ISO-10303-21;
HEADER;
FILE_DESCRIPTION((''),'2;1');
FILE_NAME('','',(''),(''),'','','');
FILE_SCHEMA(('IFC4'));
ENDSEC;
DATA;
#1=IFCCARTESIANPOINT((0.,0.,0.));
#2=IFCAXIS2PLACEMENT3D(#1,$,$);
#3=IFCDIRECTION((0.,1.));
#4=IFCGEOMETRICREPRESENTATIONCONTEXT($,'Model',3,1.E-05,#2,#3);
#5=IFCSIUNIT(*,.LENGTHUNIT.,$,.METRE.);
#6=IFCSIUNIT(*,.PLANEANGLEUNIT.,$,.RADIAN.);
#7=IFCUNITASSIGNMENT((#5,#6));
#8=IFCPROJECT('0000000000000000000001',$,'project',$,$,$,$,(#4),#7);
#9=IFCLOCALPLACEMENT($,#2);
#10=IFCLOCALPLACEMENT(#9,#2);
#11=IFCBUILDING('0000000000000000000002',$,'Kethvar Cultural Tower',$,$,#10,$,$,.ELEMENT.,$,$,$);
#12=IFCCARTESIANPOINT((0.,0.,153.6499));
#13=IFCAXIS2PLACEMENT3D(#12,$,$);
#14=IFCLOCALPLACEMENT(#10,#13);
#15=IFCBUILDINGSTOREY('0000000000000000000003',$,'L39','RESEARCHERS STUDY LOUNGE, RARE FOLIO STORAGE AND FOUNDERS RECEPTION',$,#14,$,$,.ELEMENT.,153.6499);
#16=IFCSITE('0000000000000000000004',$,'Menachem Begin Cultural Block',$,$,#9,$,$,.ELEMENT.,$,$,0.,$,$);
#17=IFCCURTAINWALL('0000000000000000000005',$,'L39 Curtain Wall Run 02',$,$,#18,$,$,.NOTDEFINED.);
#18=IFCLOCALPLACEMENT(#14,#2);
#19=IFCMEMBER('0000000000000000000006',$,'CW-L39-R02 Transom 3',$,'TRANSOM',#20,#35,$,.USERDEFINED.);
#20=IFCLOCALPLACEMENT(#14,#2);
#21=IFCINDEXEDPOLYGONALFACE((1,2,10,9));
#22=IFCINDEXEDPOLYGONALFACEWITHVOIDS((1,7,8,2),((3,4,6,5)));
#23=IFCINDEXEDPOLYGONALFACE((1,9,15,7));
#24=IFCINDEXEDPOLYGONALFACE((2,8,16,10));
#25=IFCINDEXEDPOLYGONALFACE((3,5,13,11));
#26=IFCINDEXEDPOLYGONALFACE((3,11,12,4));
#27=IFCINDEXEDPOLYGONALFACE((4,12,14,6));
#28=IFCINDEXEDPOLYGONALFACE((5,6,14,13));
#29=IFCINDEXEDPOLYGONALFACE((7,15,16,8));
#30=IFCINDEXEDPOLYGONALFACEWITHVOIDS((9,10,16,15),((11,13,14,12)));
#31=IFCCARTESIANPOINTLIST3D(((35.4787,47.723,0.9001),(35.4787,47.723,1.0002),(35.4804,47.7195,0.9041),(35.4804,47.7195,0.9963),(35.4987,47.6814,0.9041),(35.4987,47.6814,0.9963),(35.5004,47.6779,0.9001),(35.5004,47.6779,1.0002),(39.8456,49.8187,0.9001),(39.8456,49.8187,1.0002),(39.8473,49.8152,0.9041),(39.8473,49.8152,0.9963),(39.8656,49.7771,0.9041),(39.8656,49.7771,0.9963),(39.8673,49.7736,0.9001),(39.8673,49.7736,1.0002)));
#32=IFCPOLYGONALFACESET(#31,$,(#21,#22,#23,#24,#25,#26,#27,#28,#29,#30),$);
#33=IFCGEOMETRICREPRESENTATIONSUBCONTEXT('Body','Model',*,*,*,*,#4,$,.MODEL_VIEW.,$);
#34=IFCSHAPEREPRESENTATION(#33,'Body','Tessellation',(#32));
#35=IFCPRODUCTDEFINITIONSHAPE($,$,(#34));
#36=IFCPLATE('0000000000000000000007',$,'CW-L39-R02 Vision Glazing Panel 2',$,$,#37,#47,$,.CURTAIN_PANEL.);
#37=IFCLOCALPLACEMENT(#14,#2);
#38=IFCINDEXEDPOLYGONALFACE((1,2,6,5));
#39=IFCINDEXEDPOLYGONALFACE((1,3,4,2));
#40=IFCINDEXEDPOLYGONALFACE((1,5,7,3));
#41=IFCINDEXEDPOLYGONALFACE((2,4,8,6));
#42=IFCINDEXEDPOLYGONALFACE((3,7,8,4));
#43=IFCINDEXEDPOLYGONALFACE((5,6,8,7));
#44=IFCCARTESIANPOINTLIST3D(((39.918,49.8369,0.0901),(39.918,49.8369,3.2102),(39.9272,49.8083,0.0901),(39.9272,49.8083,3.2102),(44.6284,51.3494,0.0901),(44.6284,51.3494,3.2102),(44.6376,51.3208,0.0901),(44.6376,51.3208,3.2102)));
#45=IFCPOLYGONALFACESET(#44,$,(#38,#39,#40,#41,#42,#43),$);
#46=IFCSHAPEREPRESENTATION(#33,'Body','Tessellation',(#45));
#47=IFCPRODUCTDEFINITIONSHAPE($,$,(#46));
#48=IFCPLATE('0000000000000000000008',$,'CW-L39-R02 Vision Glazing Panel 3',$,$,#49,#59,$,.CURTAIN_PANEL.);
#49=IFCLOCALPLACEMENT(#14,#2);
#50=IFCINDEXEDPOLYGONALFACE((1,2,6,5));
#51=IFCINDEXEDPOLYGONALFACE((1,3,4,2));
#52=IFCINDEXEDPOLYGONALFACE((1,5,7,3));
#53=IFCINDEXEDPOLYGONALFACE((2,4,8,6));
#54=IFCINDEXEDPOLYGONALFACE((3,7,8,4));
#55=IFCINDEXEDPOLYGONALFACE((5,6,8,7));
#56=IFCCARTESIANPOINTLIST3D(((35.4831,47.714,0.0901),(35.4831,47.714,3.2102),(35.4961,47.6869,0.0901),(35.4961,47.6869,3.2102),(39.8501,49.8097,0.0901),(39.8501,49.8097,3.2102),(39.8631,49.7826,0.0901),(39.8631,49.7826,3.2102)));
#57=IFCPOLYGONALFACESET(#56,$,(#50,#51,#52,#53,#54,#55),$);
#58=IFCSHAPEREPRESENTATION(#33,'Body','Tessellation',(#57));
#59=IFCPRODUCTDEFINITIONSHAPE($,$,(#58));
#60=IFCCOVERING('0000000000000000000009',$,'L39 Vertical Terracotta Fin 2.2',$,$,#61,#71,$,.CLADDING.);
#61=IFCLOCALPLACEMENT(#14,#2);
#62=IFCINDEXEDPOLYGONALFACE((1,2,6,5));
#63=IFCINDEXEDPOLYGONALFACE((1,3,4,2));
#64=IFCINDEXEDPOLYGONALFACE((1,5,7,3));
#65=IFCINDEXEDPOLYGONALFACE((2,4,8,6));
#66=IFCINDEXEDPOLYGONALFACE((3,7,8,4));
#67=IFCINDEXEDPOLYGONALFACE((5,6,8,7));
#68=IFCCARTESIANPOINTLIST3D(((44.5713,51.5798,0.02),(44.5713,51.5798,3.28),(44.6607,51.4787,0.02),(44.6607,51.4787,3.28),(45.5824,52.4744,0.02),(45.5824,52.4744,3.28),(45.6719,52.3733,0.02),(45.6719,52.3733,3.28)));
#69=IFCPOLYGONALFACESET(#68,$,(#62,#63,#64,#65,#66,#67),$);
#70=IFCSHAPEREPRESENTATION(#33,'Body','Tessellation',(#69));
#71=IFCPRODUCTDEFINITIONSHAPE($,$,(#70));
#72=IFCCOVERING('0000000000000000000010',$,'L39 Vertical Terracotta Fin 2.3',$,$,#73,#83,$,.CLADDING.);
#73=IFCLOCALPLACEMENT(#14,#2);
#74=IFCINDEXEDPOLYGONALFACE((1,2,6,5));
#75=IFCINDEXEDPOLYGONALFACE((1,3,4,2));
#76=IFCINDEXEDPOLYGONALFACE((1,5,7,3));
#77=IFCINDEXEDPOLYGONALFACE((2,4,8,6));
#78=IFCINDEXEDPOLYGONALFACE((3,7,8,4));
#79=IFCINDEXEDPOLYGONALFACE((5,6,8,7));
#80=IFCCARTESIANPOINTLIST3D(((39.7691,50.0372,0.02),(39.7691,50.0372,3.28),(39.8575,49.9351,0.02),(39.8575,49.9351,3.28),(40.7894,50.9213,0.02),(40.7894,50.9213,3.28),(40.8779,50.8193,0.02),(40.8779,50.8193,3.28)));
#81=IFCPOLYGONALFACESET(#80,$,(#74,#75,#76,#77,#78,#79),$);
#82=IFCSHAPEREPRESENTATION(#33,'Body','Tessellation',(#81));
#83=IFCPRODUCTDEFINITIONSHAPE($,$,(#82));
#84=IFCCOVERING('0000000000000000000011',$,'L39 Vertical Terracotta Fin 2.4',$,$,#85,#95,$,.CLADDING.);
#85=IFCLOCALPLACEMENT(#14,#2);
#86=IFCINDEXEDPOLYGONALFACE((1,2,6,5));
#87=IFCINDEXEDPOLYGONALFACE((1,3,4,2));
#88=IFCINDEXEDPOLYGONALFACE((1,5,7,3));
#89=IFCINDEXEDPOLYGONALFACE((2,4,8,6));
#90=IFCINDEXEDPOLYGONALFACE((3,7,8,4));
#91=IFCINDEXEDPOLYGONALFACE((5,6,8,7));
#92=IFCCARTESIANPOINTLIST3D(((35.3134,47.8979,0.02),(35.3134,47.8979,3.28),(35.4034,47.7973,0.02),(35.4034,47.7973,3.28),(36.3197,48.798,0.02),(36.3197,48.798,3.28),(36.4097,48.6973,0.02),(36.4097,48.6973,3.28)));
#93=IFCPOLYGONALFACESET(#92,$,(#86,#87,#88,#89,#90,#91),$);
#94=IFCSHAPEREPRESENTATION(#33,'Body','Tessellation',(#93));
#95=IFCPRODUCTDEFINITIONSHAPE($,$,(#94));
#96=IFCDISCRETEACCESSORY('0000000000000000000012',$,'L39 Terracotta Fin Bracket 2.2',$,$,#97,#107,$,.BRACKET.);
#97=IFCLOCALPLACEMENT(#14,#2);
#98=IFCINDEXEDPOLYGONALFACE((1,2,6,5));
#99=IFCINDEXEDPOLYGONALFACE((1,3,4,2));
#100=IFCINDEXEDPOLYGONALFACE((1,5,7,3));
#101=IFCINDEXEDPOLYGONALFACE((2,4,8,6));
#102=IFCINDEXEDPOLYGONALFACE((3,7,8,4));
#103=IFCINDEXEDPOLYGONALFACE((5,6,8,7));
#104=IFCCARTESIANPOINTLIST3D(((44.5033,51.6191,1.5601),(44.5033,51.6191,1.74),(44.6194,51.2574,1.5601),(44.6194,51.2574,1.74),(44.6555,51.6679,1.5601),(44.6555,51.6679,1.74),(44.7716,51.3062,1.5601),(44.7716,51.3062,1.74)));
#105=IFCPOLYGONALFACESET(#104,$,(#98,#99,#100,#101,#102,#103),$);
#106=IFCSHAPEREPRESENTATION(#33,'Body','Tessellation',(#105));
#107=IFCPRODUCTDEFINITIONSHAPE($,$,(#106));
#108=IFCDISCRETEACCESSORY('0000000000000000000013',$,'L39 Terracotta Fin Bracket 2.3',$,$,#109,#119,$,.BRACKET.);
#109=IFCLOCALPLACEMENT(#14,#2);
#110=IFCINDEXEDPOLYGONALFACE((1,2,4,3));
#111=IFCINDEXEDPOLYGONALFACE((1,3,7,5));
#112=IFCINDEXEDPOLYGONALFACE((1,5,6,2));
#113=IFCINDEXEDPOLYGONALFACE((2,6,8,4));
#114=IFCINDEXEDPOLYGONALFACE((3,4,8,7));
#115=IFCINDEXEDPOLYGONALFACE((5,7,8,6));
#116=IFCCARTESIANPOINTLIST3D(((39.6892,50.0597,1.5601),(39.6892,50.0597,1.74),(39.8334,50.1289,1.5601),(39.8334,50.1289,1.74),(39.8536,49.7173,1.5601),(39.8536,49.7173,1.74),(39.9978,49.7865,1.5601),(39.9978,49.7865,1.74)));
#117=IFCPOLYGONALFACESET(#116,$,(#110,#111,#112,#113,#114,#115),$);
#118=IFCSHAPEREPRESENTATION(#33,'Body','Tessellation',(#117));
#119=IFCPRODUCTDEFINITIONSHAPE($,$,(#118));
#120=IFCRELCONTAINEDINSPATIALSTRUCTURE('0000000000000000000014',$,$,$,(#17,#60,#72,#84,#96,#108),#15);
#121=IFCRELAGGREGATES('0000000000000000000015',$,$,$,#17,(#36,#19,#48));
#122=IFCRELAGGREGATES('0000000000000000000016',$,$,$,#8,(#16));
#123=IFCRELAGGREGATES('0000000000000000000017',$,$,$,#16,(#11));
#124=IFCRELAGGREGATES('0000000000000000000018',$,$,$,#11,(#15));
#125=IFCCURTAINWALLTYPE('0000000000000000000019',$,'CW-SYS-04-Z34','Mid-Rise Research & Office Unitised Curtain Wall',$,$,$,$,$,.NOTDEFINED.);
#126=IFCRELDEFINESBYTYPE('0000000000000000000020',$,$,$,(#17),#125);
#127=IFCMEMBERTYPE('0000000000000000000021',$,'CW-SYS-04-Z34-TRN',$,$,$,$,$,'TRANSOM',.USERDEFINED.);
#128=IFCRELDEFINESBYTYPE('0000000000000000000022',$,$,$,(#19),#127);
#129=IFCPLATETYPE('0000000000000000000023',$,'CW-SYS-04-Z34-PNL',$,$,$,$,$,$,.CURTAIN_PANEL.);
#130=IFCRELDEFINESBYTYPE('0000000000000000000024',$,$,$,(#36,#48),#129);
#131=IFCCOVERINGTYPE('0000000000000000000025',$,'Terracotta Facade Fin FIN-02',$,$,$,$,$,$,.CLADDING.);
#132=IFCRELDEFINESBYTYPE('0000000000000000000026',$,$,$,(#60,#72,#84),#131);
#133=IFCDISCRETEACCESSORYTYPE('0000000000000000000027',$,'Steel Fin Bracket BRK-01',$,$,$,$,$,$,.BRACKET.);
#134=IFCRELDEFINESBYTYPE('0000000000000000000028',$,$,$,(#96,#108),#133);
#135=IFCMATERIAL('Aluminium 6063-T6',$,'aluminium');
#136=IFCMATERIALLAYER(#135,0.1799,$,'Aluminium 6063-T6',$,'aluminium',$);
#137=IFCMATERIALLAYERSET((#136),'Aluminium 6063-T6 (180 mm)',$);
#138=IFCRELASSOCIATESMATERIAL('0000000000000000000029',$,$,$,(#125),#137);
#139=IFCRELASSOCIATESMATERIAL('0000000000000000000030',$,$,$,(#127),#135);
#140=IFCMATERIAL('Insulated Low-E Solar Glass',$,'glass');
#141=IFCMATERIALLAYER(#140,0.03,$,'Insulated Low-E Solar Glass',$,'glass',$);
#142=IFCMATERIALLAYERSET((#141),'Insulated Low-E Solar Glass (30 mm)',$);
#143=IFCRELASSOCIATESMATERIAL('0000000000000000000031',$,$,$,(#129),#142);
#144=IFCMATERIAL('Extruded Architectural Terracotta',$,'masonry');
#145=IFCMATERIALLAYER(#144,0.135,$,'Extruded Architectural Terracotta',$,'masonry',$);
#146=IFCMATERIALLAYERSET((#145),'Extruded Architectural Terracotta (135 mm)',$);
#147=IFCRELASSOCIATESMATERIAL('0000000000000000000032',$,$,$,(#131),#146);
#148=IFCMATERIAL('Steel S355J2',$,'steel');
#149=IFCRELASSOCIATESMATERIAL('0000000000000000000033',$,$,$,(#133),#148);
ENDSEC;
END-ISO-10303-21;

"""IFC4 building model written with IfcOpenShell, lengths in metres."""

from ifc_helpers import new_model, si_unit, direction, frame, origin, origin_2d, place, context, subcontext, project, spatial, rectangle, hollow_rectangle, extrude, source, transform, mapped, material, layer, layer_set, material_profile, profile_set, type_object, element, aggregate, save


model = new_model("IFC4")

# Units and contexts
model_context = context("Model", 3, precision=1e-05, world=origin(), true_north=direction((0.0, 1.0)))
body_context = subcontext(model_context, "Body", "Model", "MODEL_VIEW")
ifc_project = project(units=[si_unit("LENGTHUNIT", "METRE"), si_unit("PLANEANGLEUNIT", "RADIAN")], contexts=[model_context])

# Site, building, storey
site_placement = place(None, origin())
site = spatial("IfcSite", under=ifc_project, at=site_placement, Name="Menachem Begin Cultural Block", CompositionType="ELEMENT", RefElevation=0.0)
building_placement = place(site_placement, origin())
building = spatial("IfcBuilding", under=site, at=building_placement, Name="Kethvar Cultural Tower", CompositionType="ELEMENT")
storey_placement = place(building_placement, frame((0.0, 0.0, 153.6499)))
storey = spatial("IfcBuildingStorey", under=building, at=storey_placement, Name="L39", Description="RESEARCHERS STUDY LOUNGE, RARE FOLIO STORAGE AND FOUNDERS RECEPTION", CompositionType="ELEMENT", Elevation=153.6499)

# Shared definitions
ifc_material_1 = material(Name="Steel S355J2", Category="steel")

# Curtain wall, member, plates
ifc_material_2 = material(Name="Aluminium 6063-T6", Category="aluminium")
ifc_layer_1 = layer(ifc_material_2, 0.1799, Name="Aluminium 6063-T6", Category="aluminium")
ifc_layer_set_1 = layer_set([ifc_layer_1], Name="Aluminium 6063-T6 (180 mm)")
curtain_wall_type = type_object("IfcCurtainWallType", Name="CW-SYS-04-Z34", Description="Mid-Rise Research & Office Unitised Curtain Wall", PredefinedType="NOTDEFINED", material=ifc_layer_set_1)
curtain_wall_placement = place(storey_placement, origin())
curtain_wall = element("IfcCurtainWall", 1, at=curtain_wall_placement, inside=storey, type_object=curtain_wall_type, Name="L39 Curtain Wall Run 02", PredefinedType="NOTDEFINED")
ifc_material_profile_1 = material_profile(ifc_material_2, hollow_rectangle(XDim=0.05, YDim=0.1001, WallThickness=0.0039, at=origin_2d()), Name="Aluminium 6063-T6 — RHS100x50x4")
ifc_profile_set_1 = profile_set([ifc_material_profile_1], Name="Aluminium 6063-T6 — RHS100x50x4")
member_type_1 = type_object("IfcMemberType", Name="CW-SYS-04-Z34-TRN", ElementType="TRANSOM", PredefinedType="USERDEFINED", material=ifc_profile_set_1)
shared_shape_1 = source(origin(), body_context, "Body", "SweptSolid", [
    extrude(hollow_rectangle(XDim=0.05, YDim=0.1001, WallThickness=0.0039, at=origin_2d()), origin(), (0.0, 0.0, 1.0), 4.8438),
])
member_1_placement = place(storey_placement, frame((39.8564, 49.7961, 0.9502), z_axis=(-0.901558, -0.432659, 0.0), x_axis=(0.432659, -0.901558, 0.0)))
member_1 = element("IfcMember", 2, at=member_1_placement, type_object=member_type_1, Name="CW-L39-R02 Transom 3", ObjectType="TRANSOM", PredefinedType="USERDEFINED", context=body_context, shape_type="MappedRepresentation", body=[
    mapped(shared_shape_1, transform((0.0, 0.0, 0.0), scale=1.0)),
])
ifc_material_3 = material(Name="Insulated Low-E Solar Glass", Category="glass")
ifc_layer_2 = layer(ifc_material_3, 0.03, Name="Insulated Low-E Solar Glass", Category="glass")
ifc_layer_set_2 = layer_set([ifc_layer_2], Name="Insulated Low-E Solar Glass (30 mm)")
plate_type = type_object("IfcPlateType", Name="CW-SYS-04-Z34-PNL", PredefinedType="CURTAIN_PANEL", material=ifc_layer_set_2)
shared_shape_2 = source(origin(), body_context, "Body", "SweptSolid", [
    extrude(rectangle(XDim=4.9473, YDim=0.03, at=origin_2d()), origin(), (0.0, 0.0, 1.0), 3.1201),
])
plate_1_placement = place(storey_placement, frame((42.2778, 50.5789, 0.0901), z_axis=(0.0, 0.0, 1.0), x_axis=(-0.952124, -0.305712, 0.0)))
plate_1 = element("IfcPlate", 3, at=plate_1_placement, type_object=plate_type, Name="CW-L39-R02 Vision Glazing Panel 2", PredefinedType="CURTAIN_PANEL", context=body_context, shape_type="MappedRepresentation", body=[
    mapped(shared_shape_2, transform((0.0, 0.0, 0.0), scale=1.0)),
])
shared_shape_3 = source(origin(), body_context, "Body", "SweptSolid", [
    extrude(rectangle(XDim=4.8438, YDim=0.03, at=origin_2d()), origin(), (0.0, 0.0, 1.0), 3.1201),
])
plate_2_placement = place(storey_placement, frame((37.6731, 48.7483, 0.0901), z_axis=(0.0, 0.0, 1.0), x_axis=(-0.901561, -0.432652, 0.0)))
plate_2 = element("IfcPlate", 4, at=plate_2_placement, type_object=plate_type, Name="CW-L39-R02 Vision Glazing Panel 3", PredefinedType="CURTAIN_PANEL", context=body_context, shape_type="MappedRepresentation", body=[
    mapped(shared_shape_3, transform((0.0, 0.0, 0.0), scale=1.0)),
])
aggregate(curtain_wall, [plate_1, member_1, plate_2])

# Coverings
ifc_material_4 = material(Name="Extruded Architectural Terracotta", Category="masonry")
ifc_layer_3 = layer(ifc_material_4, 0.135, Name="Extruded Architectural Terracotta", Category="masonry")
ifc_layer_set_3 = layer_set([ifc_layer_3], Name="Extruded Architectural Terracotta (135 mm)")
covering_type = type_object("IfcCoveringType", Name="Terracotta Facade Fin FIN-02", PredefinedType="CLADDING", material=ifc_layer_set_3)
shared_shape_4 = source(origin(), body_context, "Body", "SweptSolid", [
    extrude(rectangle(XDim=1.3501, YDim=0.135, at=origin_2d()), origin(), (0.0, 0.0, 1.0), 3.26),
])
for number, where, z_axis, x_axis, name in (
    (5, (45.1216, 51.9766, 0.02), (0.0, 0.0, 1.0), (0.748956, 0.66262, 0.0), "L39 Vertical Terracotta Fin 2.2"),
    (6, (40.3235, 50.4282, 0.02), (0.0, 0.0, 1.0), (0.755739, 0.654873, 0.0), "L39 Vertical Terracotta Fin 2.3"),
    (7, (35.8616, 48.2976, 0.02), (0.0, 0.0, 1.0), (0.74536, 0.666663, 0.0), "L39 Vertical Terracotta Fin 2.4"),
):
    element("IfcCovering", number, at=place(storey_placement, frame(where, z_axis=z_axis, x_axis=x_axis)), inside=storey, type_object=covering_type, Name=name, PredefinedType="CLADDING", context=body_context, shape_type="MappedRepresentation", body=[
        mapped(shared_shape_4, transform((0.0, 0.0, 0.0), scale=1.0)),
    ])

# Discrete accessories
discrete_accessory_type = type_object("IfcDiscreteAccessoryType", Name="Steel Fin Bracket BRK-01", PredefinedType="BRACKET", material=ifc_material_1)
shared_shape_5 = source(origin(), body_context, "Body", "SweptSolid", [
    extrude(rectangle(XDim=0.3799, YDim=0.1599, at=origin_2d()), origin(), (0.0, 0.0, 1.0), 0.1799),
])
for number, where, z_axis, x_axis, name in (
    (8, (44.6375, 51.4626, 1.5601), (0.0, 0.0, 1.0), (-0.305695, 0.952129, 0.0), "L39 Terracotta Fin Bracket 2.2"),
    (9, (39.8435, 49.9231, 1.5601), (0.0, 0.0, 1.0), (-0.432715, 0.901531, 0.0), "L39 Terracotta Fin Bracket 2.3"),
):
    element("IfcDiscreteAccessory", number, at=place(storey_placement, frame(where, z_axis=z_axis, x_axis=x_axis)), inside=storey, type_object=discrete_accessory_type, Name=name, PredefinedType="BRACKET", context=body_context, shape_type="MappedRepresentation", body=[
        mapped(shared_shape_5, transform((0.0, 0.0, 0.0), scale=1.0)),
    ])

save(model, "model.ifc")
